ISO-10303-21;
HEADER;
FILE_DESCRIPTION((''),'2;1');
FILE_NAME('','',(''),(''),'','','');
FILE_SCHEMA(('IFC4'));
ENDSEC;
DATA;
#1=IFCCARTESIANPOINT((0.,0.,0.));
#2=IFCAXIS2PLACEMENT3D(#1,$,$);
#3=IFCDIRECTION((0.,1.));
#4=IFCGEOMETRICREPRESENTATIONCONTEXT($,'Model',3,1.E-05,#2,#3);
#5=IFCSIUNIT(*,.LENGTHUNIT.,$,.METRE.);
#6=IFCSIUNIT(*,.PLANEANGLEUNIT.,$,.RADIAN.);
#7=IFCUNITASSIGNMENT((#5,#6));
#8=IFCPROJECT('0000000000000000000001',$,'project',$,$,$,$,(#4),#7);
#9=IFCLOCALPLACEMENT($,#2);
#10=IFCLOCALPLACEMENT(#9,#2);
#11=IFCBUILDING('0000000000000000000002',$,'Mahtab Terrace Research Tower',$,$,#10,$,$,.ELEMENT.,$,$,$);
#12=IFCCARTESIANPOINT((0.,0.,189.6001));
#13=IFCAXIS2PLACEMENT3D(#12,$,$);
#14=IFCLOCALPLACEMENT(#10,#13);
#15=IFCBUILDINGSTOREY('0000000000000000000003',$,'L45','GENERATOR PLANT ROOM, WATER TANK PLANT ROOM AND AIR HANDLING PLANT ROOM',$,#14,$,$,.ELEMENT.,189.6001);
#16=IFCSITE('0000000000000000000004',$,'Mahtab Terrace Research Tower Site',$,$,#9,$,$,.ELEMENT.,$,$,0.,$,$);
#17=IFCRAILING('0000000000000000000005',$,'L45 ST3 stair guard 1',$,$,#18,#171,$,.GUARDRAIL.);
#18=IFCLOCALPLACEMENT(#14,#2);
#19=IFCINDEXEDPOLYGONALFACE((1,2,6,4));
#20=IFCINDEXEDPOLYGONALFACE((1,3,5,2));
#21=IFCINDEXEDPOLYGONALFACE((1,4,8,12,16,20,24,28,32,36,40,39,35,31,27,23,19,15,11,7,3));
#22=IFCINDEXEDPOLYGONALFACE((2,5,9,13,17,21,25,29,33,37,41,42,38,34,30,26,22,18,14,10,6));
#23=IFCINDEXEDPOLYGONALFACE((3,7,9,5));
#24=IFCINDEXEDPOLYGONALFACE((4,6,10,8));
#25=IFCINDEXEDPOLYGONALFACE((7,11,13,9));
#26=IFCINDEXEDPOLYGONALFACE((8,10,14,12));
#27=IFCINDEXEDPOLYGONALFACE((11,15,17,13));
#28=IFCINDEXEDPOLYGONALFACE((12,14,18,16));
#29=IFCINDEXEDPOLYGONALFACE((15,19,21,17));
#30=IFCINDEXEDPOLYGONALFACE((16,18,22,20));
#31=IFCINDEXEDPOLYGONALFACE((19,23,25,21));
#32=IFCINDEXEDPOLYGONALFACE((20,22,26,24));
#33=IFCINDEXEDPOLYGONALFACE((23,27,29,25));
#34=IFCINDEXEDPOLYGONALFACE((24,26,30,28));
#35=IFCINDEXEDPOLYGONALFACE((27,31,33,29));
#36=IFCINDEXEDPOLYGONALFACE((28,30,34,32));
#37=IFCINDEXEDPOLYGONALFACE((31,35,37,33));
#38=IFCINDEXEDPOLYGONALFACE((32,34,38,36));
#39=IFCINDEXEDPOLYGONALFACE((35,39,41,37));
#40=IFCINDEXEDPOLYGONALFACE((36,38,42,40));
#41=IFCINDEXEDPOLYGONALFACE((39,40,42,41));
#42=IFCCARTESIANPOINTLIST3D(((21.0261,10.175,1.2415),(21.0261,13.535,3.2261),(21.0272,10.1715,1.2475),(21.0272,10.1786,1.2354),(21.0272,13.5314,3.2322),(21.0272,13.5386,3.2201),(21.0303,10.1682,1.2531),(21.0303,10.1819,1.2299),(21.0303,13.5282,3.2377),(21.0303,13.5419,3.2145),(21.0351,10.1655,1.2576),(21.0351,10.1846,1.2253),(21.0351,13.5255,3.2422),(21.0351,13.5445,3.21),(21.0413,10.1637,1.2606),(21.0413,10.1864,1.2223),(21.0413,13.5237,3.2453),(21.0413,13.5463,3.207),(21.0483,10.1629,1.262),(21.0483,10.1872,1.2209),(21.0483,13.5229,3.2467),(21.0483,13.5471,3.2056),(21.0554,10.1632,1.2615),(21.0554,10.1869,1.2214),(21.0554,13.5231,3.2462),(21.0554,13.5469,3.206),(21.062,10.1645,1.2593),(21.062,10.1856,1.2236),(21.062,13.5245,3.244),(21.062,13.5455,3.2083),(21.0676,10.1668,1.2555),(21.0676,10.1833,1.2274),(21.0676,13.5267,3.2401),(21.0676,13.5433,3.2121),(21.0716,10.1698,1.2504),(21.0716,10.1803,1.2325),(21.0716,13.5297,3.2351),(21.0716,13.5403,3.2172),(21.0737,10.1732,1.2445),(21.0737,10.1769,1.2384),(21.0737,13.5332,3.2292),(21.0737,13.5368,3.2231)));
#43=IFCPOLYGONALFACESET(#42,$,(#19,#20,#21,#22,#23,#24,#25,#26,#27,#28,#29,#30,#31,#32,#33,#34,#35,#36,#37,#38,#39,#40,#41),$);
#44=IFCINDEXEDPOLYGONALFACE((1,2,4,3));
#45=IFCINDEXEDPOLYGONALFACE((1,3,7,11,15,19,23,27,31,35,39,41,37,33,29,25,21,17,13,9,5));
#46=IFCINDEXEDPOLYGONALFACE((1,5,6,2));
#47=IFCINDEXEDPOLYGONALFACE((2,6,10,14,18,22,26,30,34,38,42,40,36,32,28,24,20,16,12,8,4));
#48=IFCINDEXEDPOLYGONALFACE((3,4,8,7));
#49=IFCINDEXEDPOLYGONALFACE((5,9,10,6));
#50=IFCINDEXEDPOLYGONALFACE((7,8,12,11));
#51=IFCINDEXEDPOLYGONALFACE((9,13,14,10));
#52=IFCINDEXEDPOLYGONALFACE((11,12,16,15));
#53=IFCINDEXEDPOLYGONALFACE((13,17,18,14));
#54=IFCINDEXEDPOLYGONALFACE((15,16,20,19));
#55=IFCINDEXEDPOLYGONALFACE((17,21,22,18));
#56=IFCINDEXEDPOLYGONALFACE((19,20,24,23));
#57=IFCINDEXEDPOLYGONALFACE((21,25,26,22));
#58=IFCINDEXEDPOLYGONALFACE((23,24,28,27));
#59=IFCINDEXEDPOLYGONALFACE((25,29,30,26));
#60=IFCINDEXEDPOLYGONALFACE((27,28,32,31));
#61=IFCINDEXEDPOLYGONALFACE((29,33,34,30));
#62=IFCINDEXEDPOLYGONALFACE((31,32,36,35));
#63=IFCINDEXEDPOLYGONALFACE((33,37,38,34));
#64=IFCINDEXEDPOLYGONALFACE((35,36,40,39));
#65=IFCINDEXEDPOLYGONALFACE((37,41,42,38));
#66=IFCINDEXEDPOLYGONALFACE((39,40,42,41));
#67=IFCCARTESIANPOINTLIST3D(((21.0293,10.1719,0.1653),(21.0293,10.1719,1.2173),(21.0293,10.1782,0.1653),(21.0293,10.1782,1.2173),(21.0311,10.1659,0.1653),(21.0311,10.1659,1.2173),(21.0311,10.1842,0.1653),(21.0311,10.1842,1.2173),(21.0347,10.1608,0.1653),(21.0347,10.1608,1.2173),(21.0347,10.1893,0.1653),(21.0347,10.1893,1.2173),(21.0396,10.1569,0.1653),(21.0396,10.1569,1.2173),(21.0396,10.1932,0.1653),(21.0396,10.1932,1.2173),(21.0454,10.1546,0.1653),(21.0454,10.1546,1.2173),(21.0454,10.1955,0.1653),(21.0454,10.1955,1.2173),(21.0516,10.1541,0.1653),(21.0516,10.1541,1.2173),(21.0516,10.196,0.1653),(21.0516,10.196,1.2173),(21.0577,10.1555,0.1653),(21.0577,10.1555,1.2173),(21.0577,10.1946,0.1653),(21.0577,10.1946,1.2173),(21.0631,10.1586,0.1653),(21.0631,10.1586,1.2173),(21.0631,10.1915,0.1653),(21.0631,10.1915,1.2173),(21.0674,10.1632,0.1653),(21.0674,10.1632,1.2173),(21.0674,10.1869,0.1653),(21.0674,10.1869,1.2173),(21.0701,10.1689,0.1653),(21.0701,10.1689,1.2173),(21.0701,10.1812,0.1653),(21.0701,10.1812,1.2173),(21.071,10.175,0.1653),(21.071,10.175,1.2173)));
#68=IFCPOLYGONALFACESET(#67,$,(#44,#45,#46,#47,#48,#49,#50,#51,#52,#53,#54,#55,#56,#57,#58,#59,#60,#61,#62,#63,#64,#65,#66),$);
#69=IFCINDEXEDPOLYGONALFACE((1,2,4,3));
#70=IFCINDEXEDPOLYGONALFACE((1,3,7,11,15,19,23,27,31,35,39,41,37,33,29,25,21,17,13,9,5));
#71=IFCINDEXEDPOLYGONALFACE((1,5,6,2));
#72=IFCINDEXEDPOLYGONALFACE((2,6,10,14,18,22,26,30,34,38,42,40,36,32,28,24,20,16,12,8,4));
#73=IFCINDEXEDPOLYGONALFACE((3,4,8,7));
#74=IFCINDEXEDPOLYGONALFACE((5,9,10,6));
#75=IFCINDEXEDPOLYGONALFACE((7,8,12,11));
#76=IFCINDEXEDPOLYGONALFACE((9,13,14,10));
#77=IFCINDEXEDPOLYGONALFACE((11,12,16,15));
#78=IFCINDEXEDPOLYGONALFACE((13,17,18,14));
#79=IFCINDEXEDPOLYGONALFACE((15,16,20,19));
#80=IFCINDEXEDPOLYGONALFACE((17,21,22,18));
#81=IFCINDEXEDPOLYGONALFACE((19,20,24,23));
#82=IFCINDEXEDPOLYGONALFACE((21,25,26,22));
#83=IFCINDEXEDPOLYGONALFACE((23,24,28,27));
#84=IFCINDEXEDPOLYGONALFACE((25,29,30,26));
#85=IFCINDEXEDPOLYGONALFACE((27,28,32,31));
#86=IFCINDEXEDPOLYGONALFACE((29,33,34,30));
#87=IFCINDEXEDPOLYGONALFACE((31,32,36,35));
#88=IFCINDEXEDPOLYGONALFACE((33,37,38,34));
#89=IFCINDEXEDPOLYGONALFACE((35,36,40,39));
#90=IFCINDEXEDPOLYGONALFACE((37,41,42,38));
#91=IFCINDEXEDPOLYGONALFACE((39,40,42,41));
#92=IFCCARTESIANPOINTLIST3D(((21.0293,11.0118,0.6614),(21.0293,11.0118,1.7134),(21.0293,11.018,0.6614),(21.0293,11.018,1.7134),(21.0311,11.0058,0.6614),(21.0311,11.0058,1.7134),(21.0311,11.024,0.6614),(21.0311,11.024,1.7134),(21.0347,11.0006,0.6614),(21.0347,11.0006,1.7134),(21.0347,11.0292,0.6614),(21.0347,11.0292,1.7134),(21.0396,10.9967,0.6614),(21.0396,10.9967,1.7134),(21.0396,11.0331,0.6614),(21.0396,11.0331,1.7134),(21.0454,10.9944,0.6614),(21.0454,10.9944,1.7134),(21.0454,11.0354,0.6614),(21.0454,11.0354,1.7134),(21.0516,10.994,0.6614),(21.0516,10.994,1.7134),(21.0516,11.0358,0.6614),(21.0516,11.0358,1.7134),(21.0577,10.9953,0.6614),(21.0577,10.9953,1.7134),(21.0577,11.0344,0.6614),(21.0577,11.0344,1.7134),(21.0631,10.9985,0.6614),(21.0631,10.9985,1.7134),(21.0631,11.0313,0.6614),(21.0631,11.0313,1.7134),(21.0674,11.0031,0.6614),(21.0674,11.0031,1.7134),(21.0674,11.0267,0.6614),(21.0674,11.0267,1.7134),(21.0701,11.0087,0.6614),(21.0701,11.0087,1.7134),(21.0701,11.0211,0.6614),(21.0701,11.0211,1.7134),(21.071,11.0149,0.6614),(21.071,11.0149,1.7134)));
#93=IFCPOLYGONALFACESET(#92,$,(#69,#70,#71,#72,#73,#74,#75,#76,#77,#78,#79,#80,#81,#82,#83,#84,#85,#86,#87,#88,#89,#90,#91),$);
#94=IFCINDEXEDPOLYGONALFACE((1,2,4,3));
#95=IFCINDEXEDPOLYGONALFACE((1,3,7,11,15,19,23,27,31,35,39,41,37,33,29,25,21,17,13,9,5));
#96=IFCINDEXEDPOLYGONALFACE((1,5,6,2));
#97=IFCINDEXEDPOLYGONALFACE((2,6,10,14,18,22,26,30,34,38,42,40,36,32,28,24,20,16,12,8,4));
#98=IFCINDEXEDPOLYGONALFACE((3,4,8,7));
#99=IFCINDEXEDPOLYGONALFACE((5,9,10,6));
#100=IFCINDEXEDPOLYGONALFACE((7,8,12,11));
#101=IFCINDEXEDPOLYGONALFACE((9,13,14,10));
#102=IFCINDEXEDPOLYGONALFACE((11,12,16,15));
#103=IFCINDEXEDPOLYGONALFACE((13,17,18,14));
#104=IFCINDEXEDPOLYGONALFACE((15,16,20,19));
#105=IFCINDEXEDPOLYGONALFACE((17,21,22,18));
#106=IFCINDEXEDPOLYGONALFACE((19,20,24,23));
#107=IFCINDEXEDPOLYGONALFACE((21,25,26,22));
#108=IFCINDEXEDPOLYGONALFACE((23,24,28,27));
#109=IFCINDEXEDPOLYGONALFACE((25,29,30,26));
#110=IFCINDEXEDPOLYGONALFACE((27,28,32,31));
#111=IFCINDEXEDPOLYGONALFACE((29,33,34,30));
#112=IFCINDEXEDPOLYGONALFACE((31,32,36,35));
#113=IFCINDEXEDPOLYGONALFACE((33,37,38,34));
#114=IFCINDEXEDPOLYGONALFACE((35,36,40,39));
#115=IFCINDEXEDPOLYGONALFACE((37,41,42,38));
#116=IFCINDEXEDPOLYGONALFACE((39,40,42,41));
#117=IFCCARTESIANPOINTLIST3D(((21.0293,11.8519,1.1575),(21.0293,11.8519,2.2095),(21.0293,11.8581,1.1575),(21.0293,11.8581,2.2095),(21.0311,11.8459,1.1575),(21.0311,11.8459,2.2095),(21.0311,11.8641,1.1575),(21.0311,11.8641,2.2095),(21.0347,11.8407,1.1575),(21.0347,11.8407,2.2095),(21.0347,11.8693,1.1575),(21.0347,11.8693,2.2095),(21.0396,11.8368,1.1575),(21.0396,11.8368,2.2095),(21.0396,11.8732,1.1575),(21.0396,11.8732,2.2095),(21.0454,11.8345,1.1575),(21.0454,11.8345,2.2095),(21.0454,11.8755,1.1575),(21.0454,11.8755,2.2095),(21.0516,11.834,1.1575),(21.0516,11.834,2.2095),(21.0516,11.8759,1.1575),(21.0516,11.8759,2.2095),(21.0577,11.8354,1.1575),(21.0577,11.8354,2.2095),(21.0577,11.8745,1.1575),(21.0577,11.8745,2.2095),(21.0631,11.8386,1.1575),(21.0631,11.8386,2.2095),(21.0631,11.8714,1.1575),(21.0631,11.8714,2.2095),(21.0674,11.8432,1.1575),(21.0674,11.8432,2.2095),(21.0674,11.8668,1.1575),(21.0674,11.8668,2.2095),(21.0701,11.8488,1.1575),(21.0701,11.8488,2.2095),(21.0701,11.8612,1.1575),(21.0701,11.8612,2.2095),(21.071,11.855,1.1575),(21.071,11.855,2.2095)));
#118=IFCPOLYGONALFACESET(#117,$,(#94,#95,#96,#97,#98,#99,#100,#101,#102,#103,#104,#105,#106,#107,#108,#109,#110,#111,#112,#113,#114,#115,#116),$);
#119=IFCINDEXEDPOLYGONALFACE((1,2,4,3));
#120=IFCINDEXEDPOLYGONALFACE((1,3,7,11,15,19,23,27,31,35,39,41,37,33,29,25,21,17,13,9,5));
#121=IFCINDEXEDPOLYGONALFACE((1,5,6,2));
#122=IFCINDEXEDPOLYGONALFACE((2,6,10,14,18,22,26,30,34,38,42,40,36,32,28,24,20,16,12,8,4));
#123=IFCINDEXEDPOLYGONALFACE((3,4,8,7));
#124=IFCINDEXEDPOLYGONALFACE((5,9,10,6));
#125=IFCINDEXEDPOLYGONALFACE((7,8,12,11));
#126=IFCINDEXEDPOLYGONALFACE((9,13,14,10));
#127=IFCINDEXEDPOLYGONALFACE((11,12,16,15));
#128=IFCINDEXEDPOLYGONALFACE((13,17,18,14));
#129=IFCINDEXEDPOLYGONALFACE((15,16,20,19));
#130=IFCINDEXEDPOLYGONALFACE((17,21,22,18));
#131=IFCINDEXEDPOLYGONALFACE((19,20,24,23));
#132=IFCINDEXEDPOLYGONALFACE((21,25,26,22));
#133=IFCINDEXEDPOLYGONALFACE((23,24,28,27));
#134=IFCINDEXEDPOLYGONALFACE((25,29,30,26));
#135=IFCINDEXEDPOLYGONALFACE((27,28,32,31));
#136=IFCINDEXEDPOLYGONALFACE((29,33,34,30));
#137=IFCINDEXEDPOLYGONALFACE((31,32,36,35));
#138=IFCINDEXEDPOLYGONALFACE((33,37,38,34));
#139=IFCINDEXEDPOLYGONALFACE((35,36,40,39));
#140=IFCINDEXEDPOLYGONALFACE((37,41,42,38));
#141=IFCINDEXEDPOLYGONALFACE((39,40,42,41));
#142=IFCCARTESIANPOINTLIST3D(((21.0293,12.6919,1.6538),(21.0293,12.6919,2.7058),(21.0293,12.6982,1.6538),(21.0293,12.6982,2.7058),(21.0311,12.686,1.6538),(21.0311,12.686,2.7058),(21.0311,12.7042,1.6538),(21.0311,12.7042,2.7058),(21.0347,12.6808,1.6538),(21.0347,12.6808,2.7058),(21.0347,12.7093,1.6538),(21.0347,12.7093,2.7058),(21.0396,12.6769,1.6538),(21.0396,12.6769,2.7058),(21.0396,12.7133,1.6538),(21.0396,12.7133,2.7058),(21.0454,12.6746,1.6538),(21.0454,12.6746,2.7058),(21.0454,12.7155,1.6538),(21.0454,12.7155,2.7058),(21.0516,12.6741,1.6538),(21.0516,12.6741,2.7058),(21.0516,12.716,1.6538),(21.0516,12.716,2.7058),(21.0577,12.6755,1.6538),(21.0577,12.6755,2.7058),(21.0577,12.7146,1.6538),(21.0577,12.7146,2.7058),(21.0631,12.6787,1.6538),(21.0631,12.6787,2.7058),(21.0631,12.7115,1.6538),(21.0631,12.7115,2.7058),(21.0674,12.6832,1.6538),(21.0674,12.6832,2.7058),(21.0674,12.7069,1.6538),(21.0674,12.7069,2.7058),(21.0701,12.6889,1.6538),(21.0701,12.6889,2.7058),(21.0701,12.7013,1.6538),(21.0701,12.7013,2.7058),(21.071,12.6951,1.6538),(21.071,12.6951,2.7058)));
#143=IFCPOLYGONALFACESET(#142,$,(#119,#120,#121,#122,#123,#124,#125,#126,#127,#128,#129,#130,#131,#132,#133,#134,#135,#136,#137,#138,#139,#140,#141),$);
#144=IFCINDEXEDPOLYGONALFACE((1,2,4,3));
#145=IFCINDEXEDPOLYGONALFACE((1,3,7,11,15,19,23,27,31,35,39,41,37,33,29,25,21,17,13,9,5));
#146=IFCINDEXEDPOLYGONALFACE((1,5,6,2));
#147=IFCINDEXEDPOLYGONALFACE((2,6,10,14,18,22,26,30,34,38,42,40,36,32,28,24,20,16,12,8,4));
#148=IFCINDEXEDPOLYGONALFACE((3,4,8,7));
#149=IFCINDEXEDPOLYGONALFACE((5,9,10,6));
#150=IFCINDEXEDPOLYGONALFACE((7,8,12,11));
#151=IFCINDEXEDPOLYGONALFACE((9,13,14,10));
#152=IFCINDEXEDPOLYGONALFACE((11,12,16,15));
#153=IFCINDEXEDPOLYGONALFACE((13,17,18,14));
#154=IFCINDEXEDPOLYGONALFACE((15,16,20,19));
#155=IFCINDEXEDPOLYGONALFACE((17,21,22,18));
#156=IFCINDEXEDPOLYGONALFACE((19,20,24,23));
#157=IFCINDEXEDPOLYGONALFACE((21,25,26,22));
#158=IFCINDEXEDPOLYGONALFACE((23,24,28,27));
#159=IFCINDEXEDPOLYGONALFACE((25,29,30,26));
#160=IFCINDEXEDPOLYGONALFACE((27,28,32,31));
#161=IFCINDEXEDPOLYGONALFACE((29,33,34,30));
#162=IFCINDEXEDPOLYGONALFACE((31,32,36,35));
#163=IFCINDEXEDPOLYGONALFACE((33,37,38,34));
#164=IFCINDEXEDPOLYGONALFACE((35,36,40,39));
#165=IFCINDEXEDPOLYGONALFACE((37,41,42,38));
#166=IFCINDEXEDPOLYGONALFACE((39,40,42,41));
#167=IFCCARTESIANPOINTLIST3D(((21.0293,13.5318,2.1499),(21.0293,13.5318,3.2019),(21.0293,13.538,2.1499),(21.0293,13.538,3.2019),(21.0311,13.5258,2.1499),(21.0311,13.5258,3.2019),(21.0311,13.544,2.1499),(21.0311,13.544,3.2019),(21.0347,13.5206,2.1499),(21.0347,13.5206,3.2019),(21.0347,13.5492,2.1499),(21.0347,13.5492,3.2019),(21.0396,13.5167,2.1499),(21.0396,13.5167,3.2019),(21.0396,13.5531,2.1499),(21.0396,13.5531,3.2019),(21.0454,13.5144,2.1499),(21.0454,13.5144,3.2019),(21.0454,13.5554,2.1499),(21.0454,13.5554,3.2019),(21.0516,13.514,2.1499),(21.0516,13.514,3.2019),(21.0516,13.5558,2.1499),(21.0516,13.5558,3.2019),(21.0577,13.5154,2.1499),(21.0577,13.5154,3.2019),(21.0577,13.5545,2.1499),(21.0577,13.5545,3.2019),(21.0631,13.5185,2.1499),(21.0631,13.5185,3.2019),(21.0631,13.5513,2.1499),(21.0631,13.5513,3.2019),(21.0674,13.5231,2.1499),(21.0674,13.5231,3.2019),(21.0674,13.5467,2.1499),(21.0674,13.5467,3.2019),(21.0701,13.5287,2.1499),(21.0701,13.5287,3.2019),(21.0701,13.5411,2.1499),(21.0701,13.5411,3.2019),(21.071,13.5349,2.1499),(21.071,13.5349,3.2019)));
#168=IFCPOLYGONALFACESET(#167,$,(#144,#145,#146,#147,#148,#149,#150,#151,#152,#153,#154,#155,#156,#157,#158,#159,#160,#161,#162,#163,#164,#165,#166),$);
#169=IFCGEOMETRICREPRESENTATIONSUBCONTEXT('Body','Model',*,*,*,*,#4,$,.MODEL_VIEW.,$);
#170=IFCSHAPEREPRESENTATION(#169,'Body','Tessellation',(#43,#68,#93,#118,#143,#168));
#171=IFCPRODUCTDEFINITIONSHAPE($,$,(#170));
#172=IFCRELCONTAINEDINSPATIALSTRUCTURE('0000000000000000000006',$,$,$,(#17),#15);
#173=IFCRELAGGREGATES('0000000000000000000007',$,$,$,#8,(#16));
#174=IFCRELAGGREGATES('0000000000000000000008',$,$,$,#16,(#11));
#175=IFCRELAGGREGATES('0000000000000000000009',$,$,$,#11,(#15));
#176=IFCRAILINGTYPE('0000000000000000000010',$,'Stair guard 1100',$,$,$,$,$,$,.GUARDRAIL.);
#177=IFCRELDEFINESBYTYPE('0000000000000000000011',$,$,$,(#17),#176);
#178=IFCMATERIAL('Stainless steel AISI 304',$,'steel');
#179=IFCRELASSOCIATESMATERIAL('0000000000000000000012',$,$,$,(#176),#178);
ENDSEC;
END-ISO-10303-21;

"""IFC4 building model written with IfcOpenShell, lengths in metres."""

from ifc_helpers import new_model, si_unit, direction, frame, origin, origin_2d, place, context, subcontext, project, spatial, circle, extrude, material, type_object, element, save


model = new_model("IFC4")

# Units and contexts
model_context = context("Model", 3, precision=1e-05, world=origin(), true_north=direction((0.0, 1.0)))
body_context = subcontext(model_context, "Body", "Model", "MODEL_VIEW")
ifc_project = project(units=[si_unit("LENGTHUNIT", "METRE"), si_unit("PLANEANGLEUNIT", "RADIAN")], contexts=[model_context])

# Site, building, storey
site_placement = place(None, origin())
site = spatial("IfcSite", under=ifc_project, at=site_placement, Name="Mahtab Terrace Research Tower Site", CompositionType="ELEMENT", RefElevation=0.0)
building_placement = place(site_placement, origin())
building = spatial("IfcBuilding", under=site, at=building_placement, Name="Mahtab Terrace Research Tower", CompositionType="ELEMENT")
storey_placement = place(building_placement, frame((0.0, 0.0, 189.6001)))
storey = spatial("IfcBuildingStorey", under=building, at=storey_placement, Name="L45", Description="GENERATOR PLANT ROOM, WATER TANK PLANT ROOM AND AIR HANDLING PLANT ROOM", CompositionType="ELEMENT", Elevation=189.6001)

# Railing
ifc_material_1 = material(Name="Stainless steel AISI 304", Category="steel")
railing_type_1 = type_object("IfcRailingType", Name="Stair guard 1100", PredefinedType="GUARDRAIL", material=ifc_material_1)
railing_1_placement = place(storey_placement, frame((21.05, 10.175, 0.1653)))
element("IfcRailing", 1, at=railing_1_placement, inside=storey, type_object=railing_type_1, Name="L45 ST3 stair guard 1", PredefinedType="GUARDRAIL", context=body_context, shape_type="SweptSolid", body=[
    extrude(circle(Radius=0.0239, at=origin_2d()), frame((0.0, 0.0, 1.0762), z_axis=(0.0, 0.861011, 0.508586), x_axis=(-1.0, 0.0, 0.0)), (0.0, 0.0, 1.0), 3.9023),
    extrude(circle(Radius=0.021, at=origin_2d()), origin(), (0.0, 0.0, 1.0), 1.052),
    extrude(circle(Radius=0.021, at=origin_2d()), frame((0.0, 0.8398, 0.4961)), (0.0, 0.0, 1.0), 1.052),
    extrude(circle(Radius=0.021, at=origin_2d()), frame((0.0, 1.6799, 0.9922)), (0.0, 0.0, 1.0), 1.052),
    extrude(circle(Radius=0.021, at=origin_2d()), frame((0.0, 2.52, 1.4885)), (0.0, 0.0, 1.0), 1.052),
    extrude(circle(Radius=0.021, at=origin_2d()), frame((0.0, 3.3599, 1.9846)), (0.0, 0.0, 1.0), 1.052),
])

save(model, "model.ifc")
